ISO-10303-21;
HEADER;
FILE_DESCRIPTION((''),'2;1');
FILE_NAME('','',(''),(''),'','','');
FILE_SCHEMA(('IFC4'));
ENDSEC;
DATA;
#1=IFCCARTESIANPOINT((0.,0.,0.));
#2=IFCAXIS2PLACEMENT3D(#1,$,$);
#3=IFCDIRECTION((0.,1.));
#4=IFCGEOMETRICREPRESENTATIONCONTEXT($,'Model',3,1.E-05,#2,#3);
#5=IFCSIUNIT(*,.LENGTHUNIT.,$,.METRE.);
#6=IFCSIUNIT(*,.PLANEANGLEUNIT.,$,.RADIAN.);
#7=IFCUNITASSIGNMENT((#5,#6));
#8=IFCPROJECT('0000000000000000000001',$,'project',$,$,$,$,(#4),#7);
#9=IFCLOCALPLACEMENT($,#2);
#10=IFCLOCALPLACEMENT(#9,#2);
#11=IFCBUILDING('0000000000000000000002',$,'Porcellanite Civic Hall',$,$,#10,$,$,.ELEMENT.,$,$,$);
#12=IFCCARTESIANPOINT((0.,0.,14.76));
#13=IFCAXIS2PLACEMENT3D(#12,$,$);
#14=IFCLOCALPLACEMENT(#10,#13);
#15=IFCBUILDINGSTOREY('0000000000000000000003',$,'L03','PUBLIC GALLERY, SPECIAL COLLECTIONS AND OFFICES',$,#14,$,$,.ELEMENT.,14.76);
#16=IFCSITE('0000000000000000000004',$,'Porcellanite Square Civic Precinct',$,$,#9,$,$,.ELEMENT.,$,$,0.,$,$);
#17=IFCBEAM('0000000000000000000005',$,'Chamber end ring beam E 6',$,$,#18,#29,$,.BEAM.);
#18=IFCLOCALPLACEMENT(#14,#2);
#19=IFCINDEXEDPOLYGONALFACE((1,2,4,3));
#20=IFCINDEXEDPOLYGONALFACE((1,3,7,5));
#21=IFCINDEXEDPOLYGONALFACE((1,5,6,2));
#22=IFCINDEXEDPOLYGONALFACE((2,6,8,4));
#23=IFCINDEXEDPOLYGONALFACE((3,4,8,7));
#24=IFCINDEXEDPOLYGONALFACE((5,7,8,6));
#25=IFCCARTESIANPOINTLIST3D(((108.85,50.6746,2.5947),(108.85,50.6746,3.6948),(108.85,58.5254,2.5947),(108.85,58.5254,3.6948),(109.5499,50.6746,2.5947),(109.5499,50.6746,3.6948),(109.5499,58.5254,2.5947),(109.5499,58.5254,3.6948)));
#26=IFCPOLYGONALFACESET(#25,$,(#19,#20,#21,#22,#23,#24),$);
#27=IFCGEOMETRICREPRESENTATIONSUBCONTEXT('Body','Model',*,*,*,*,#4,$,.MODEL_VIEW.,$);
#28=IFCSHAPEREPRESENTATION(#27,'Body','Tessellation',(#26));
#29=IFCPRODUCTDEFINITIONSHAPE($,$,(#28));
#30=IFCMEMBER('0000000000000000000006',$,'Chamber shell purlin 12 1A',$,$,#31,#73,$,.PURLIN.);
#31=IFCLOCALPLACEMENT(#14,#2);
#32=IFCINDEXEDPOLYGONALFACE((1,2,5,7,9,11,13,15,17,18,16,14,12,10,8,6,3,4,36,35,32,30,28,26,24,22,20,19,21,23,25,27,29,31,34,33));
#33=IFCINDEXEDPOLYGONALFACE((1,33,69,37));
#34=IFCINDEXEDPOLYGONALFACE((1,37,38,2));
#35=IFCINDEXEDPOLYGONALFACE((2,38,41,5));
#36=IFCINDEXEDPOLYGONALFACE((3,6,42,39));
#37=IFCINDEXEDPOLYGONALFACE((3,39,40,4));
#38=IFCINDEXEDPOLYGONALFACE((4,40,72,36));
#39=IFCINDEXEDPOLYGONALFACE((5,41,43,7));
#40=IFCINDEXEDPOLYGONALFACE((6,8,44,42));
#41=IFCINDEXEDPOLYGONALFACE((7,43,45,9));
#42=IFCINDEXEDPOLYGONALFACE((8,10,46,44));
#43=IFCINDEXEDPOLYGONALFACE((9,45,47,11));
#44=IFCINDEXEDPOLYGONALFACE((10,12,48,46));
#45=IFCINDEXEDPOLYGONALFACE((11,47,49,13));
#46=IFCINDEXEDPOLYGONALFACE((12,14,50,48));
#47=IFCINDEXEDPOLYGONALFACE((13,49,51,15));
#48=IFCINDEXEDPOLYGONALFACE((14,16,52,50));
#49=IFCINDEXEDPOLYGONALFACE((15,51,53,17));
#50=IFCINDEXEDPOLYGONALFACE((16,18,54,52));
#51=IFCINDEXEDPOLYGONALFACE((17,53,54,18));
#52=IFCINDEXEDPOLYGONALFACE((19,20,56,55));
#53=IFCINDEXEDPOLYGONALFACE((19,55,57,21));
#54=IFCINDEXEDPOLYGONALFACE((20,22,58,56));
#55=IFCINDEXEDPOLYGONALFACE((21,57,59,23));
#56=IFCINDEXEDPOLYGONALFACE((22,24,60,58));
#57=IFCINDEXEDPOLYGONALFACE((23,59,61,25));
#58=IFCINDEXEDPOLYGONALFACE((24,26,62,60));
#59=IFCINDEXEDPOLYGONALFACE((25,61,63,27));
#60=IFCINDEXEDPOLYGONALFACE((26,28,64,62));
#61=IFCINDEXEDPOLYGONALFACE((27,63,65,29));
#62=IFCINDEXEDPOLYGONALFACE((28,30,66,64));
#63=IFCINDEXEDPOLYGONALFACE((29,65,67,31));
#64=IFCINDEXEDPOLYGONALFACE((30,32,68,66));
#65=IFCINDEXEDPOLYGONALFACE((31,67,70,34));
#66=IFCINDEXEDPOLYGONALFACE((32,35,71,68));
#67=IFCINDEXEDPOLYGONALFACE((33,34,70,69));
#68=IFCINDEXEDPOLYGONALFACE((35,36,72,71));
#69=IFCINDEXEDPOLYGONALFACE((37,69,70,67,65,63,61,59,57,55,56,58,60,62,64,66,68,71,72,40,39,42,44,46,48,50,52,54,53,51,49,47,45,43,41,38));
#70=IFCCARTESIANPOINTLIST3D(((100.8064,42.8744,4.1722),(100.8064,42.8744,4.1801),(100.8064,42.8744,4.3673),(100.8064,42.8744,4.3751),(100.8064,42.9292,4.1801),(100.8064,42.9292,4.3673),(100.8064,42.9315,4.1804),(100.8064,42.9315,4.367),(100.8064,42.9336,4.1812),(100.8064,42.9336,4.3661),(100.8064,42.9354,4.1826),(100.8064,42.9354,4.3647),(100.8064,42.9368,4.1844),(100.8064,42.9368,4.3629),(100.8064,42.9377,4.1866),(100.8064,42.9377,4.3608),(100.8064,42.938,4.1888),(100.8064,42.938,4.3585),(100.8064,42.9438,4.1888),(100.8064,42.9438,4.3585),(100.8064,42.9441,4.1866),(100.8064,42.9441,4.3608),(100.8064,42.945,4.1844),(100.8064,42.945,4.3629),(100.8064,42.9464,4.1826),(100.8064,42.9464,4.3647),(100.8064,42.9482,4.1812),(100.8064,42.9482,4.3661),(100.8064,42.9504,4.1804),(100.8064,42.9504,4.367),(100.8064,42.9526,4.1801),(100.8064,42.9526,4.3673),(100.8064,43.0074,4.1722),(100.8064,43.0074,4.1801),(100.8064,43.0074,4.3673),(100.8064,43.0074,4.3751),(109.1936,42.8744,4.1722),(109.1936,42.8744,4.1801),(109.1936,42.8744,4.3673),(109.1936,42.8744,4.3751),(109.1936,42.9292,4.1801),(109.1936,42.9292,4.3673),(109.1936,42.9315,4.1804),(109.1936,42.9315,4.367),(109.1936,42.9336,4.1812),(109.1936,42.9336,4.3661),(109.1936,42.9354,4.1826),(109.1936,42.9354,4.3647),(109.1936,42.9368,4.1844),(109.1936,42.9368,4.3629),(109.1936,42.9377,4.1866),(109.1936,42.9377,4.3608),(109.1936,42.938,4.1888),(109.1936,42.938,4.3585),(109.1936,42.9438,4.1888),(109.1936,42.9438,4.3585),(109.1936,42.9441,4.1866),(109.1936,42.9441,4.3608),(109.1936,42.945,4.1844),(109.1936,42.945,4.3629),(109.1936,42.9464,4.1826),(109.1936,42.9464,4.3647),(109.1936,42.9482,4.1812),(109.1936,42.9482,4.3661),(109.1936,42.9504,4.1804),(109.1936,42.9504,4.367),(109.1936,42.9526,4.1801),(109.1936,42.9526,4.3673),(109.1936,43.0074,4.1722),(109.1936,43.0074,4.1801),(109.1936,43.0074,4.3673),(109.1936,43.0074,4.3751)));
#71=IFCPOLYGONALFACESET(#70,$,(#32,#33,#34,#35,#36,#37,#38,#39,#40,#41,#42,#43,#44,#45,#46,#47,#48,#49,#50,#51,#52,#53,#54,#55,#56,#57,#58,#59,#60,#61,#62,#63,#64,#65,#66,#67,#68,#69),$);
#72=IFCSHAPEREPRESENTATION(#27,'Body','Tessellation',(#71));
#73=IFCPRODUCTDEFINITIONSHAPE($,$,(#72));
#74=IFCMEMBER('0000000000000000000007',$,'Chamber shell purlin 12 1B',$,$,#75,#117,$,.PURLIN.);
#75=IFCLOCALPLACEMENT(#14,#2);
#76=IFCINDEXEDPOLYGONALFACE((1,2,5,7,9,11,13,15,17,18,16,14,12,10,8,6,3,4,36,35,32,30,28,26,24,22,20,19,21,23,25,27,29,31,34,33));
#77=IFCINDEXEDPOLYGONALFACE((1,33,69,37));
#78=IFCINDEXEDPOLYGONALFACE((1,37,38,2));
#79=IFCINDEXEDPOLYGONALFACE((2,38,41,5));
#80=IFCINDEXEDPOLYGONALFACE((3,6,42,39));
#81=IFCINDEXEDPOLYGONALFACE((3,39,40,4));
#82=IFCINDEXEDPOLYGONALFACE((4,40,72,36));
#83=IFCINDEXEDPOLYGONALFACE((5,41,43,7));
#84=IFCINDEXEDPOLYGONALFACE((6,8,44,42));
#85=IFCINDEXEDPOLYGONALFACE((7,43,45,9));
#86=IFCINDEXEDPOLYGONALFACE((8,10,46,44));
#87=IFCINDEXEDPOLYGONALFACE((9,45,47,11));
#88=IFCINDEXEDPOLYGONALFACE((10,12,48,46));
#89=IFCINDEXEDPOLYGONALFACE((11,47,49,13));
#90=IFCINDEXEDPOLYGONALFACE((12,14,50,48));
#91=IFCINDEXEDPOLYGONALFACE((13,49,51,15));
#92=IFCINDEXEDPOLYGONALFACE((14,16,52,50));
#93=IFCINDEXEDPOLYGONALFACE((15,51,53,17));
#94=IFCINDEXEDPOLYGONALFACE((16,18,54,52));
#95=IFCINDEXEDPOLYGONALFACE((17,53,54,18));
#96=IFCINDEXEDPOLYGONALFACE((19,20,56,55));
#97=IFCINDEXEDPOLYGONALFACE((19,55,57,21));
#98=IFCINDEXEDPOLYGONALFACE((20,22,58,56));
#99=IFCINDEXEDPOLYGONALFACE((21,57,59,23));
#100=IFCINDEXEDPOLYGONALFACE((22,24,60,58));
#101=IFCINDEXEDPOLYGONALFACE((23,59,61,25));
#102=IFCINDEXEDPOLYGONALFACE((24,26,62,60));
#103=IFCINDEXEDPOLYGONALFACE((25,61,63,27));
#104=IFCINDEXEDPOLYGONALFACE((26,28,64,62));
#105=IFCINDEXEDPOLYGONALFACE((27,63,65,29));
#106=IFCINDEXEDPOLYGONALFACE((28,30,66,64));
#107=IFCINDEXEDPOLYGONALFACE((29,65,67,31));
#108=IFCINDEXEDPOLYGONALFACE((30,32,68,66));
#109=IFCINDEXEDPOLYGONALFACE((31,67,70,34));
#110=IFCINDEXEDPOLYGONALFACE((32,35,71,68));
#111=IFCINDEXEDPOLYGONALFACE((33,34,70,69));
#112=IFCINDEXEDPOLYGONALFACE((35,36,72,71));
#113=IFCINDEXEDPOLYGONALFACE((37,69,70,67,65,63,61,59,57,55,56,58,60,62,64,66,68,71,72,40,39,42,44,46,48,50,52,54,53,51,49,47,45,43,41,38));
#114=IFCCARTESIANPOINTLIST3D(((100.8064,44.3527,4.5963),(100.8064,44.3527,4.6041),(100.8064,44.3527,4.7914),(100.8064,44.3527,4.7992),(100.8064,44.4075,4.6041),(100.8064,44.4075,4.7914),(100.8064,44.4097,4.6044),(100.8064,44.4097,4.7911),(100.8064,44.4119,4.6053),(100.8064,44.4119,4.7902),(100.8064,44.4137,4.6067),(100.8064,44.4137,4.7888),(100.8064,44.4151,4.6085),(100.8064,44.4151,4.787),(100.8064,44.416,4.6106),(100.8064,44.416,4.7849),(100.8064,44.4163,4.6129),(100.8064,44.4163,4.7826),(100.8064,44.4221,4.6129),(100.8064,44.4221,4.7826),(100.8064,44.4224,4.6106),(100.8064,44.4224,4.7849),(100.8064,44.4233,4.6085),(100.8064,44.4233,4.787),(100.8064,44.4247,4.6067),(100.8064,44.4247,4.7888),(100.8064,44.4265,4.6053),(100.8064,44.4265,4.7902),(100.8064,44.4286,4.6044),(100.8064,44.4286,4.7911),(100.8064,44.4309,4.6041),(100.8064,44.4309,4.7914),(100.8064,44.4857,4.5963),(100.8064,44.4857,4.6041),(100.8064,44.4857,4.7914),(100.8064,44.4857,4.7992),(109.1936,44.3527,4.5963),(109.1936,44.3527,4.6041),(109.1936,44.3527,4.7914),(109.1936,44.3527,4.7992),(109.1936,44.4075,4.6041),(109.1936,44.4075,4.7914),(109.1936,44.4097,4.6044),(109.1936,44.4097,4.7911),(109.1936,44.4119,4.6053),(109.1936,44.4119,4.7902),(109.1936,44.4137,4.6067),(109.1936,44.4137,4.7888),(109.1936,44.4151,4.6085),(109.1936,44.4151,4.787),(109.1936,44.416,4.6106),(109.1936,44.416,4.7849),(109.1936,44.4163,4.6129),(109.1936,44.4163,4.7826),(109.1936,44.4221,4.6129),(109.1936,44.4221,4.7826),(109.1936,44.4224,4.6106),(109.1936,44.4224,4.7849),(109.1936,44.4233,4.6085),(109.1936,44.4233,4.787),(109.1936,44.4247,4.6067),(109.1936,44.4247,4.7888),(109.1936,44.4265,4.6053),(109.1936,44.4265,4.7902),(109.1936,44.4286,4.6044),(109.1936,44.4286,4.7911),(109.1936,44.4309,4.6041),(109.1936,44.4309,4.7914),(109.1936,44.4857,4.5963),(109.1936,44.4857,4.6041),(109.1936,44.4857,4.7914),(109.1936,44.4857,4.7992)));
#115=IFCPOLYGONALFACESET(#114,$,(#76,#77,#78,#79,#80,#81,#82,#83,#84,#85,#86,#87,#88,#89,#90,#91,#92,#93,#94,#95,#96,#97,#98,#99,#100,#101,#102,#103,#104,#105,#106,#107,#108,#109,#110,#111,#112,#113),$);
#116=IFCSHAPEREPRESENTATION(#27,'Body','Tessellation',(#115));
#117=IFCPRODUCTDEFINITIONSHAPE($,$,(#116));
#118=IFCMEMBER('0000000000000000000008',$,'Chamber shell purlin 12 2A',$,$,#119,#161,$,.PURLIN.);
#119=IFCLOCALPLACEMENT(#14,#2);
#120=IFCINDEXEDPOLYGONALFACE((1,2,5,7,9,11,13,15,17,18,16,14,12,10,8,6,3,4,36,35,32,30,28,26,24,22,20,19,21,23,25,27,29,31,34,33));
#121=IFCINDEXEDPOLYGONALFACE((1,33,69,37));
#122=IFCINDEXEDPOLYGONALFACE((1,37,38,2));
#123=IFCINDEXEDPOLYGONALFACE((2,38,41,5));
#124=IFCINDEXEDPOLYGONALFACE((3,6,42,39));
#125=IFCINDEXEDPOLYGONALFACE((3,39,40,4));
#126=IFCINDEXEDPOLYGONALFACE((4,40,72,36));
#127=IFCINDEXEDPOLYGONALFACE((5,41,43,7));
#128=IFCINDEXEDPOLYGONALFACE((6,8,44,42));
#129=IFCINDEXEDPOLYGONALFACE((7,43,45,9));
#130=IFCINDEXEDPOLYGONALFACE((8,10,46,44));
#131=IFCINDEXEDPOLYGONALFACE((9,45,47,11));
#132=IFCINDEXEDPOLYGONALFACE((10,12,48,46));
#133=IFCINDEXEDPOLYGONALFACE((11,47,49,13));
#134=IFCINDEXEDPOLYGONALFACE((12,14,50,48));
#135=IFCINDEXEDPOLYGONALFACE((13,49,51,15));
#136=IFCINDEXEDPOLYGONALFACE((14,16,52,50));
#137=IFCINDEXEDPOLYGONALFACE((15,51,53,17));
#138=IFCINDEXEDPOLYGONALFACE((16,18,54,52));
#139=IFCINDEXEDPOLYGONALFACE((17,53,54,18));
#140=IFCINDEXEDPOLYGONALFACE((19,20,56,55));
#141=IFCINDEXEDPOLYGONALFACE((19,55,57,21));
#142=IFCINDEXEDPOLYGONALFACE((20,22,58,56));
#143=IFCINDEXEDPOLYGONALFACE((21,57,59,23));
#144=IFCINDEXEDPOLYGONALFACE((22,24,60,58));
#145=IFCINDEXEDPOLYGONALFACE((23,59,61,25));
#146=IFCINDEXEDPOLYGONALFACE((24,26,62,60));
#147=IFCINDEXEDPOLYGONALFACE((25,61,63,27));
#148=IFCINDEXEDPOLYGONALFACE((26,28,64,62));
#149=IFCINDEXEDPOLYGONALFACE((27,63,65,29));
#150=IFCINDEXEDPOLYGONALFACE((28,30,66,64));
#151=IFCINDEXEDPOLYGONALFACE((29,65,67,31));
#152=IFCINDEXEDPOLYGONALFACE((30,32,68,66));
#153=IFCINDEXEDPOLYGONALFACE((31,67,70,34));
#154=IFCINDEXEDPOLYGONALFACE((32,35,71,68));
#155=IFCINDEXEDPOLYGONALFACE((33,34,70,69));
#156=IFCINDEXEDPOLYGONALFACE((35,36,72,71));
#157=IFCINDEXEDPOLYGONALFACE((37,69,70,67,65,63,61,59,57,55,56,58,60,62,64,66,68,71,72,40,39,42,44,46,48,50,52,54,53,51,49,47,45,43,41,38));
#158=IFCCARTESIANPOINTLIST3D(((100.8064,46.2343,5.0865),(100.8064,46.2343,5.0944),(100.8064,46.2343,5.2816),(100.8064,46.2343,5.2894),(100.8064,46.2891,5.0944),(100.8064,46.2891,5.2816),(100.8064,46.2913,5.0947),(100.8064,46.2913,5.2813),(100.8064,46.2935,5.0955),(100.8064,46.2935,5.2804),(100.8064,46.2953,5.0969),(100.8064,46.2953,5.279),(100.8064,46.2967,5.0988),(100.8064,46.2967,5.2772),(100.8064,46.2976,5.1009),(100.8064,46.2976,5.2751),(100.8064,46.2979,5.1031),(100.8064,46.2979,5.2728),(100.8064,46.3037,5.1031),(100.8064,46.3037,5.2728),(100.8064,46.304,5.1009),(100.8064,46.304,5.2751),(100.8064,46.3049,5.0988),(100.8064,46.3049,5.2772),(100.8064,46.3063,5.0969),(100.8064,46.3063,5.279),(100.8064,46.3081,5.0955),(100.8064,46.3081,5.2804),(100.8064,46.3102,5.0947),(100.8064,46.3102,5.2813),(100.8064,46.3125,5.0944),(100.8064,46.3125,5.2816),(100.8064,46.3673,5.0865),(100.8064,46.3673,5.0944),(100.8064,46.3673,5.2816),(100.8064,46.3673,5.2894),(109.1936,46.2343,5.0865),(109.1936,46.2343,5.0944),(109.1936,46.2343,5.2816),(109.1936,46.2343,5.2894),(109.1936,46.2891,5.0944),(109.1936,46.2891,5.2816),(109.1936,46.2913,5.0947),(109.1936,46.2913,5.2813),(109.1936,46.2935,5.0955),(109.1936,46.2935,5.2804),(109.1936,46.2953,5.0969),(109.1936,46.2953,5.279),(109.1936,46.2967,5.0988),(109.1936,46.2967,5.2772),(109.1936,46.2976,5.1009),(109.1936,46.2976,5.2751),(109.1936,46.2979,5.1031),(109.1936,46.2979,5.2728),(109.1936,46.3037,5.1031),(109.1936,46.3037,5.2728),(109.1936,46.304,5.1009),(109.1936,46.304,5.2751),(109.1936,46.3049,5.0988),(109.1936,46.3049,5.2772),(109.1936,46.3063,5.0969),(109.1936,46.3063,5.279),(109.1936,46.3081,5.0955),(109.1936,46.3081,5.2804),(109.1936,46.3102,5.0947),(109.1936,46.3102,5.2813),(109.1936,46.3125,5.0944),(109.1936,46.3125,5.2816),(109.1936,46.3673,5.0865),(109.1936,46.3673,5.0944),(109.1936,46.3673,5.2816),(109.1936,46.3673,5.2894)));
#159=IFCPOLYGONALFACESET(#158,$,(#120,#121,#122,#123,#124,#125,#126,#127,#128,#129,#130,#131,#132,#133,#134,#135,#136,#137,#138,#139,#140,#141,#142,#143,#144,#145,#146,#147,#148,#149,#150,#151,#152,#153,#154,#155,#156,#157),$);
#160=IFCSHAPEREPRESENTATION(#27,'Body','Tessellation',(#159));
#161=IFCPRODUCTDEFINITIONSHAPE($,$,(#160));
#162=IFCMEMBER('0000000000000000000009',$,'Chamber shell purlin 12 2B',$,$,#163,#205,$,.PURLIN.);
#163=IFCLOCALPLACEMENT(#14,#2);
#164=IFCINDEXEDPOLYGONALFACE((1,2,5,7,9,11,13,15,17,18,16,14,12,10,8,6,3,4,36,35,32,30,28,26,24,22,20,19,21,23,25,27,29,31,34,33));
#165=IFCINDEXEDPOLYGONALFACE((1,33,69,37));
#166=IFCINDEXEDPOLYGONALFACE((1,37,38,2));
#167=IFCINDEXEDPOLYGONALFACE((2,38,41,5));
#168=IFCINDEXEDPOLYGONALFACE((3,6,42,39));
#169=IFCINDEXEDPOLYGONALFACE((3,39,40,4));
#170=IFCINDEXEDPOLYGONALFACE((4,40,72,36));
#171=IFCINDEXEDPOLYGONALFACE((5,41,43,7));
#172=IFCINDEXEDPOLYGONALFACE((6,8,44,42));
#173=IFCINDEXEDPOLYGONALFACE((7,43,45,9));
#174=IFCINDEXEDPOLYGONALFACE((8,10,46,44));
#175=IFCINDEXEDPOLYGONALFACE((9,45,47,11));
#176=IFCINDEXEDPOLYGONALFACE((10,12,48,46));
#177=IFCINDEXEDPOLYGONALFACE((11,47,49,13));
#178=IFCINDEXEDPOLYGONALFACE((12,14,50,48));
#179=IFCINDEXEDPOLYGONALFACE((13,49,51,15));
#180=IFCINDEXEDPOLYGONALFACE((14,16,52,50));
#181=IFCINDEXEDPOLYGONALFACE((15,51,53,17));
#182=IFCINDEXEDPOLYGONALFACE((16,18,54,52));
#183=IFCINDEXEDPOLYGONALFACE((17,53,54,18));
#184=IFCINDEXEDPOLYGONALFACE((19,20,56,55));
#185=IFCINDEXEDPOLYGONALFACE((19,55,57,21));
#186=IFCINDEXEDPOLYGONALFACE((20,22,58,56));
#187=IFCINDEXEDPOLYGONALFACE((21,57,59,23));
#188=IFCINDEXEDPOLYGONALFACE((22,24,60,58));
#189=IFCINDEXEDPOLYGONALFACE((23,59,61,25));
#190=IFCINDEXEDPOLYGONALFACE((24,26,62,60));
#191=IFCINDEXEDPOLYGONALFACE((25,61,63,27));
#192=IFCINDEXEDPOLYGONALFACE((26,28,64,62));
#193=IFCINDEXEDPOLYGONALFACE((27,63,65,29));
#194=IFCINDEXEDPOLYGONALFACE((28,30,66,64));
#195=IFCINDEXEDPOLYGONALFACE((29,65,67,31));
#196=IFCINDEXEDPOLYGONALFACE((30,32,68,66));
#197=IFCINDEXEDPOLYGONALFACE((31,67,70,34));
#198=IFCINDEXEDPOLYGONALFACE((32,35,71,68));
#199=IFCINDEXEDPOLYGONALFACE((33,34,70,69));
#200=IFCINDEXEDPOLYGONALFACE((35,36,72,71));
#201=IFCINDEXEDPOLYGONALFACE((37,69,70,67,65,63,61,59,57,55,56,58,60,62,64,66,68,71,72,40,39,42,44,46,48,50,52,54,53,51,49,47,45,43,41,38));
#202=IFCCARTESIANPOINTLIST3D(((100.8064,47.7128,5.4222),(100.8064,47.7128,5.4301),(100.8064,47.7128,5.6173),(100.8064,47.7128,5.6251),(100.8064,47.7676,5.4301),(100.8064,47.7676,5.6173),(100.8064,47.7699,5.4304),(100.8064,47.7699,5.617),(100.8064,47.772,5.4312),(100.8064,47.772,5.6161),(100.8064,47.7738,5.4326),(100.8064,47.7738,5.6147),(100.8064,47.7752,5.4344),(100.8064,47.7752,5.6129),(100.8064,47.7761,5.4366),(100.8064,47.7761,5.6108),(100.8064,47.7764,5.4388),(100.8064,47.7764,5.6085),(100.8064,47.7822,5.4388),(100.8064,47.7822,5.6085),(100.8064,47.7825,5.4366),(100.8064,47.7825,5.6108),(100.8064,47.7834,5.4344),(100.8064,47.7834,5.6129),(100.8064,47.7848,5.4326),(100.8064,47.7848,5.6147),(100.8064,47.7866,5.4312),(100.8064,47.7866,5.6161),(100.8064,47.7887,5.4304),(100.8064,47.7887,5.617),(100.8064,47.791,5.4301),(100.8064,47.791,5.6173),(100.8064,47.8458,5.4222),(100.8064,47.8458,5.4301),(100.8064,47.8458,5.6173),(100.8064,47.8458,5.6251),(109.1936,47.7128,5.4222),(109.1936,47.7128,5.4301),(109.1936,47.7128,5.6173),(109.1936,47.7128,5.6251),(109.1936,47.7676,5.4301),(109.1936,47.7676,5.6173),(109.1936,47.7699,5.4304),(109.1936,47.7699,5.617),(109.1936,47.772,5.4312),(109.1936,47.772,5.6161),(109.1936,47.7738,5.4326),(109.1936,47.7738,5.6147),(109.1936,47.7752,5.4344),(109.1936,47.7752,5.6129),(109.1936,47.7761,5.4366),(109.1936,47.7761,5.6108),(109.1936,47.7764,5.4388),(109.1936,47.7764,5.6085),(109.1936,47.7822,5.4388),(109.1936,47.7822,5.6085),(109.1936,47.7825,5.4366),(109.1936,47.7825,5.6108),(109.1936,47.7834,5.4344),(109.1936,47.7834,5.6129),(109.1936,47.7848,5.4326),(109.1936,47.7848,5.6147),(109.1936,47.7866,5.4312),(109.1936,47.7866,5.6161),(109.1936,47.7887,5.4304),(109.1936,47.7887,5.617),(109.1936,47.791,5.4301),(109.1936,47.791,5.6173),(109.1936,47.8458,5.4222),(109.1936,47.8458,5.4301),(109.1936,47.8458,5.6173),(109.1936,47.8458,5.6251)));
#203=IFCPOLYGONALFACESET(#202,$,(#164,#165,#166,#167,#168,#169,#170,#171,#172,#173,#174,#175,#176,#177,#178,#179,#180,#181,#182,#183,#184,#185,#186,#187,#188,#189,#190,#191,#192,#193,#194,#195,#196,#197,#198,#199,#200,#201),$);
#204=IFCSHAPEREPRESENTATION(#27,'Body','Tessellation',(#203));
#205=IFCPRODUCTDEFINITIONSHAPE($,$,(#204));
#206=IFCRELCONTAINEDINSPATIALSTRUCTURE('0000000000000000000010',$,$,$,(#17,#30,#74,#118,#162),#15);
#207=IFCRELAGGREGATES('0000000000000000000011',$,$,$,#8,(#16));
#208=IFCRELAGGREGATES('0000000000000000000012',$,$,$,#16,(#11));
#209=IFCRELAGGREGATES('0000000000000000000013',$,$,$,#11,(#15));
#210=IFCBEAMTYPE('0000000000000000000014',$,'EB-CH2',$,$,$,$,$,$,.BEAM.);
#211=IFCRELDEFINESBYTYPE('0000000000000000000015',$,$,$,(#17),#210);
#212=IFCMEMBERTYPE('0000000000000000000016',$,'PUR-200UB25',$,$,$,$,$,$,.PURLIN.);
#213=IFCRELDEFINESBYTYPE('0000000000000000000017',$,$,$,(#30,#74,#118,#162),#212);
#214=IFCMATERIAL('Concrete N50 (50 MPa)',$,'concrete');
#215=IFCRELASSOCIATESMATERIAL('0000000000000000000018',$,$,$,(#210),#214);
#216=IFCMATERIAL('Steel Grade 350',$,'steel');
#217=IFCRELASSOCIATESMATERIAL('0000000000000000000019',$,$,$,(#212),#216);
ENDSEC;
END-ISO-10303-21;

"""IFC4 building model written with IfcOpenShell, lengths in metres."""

from ifc_helpers import new_model, si_unit, direction, frame, origin, origin_2d, place, context, subcontext, project, spatial, rectangle, i_section, extrude, material, material_profile, profile_set, type_object, element, save


model = new_model("IFC4")

# Units and contexts
model_context = context("Model", 3, precision=1e-05, world=origin(), true_north=direction((0.0, 1.0)))
body_context = subcontext(model_context, "Body", "Model", "MODEL_VIEW")
ifc_project = project(units=[si_unit("LENGTHUNIT", "METRE"), si_unit("PLANEANGLEUNIT", "RADIAN")], contexts=[model_context])

# Site, building, storey
site_placement = place(None, origin())
site = spatial("IfcSite", under=ifc_project, at=site_placement, Name="Porcellanite Square Civic Precinct", CompositionType="ELEMENT", RefElevation=0.0)
building_placement = place(site_placement, origin())
building = spatial("IfcBuilding", under=site, at=building_placement, Name="Porcellanite Civic Hall", CompositionType="ELEMENT")
storey_placement = place(building_placement, frame((0.0, 0.0, 14.76)))
storey = spatial("IfcBuildingStorey", under=building, at=storey_placement, Name="L03", Description="PUBLIC GALLERY, SPECIAL COLLECTIONS AND OFFICES", CompositionType="ELEMENT", Elevation=14.76)

# Beam
ifc_material_1 = material(Name="Concrete N50 (50 MPa)", Category="concrete")
ifc_material_profile_1 = material_profile(ifc_material_1, rectangle(XDim=0.7, YDim=1.1001, at=origin_2d()), Name="RC-700x1100")
ifc_profile_set_1 = profile_set([ifc_material_profile_1], Name="Concrete N50 (50 MPa)")
beam_type_1 = type_object("IfcBeamType", Name="EB-CH2", PredefinedType="BEAM", material=ifc_profile_set_1)
beam_1_placement = place(storey_placement, frame((109.2, 50.6746, 3.1448), z_axis=(0.0, 1.0, 0.0), x_axis=(-1.0, 0.0, 0.0)))
element("IfcBeam", 1, at=beam_1_placement, inside=storey, type_object=beam_type_1, Name="Chamber end ring beam E 6", PredefinedType="BEAM", context=body_context, shape_type="SweptSolid", body=[
    extrude(rectangle(XDim=0.7, YDim=1.1001, at=origin_2d()), origin(), (0.0, 0.0, 1.0), 7.8508),
])

# Members
ifc_material_2 = material(Name="Steel Grade 350", Category="steel")
ifc_material_profile_2 = material_profile(ifc_material_2, i_section(OverallWidth=0.1331, OverallDepth=0.2029, WebThickness=0.0059, FlangeThickness=0.0078, FilletRadius=0.0088, at=origin_2d()), Name="200UB25.4")
ifc_profile_set_2 = profile_set([ifc_material_profile_2], Name="Steel Grade 350")
member_type_1 = type_object("IfcMemberType", Name="PUR-200UB25", PredefinedType="PURLIN", material=ifc_profile_set_2)
for number, where, z_axis, x_axis, name in (
    (2, (100.8064, 42.9409, 4.2737), (1.0, 0.0, 0.0), (0.0, 1.0, 0.0), "Chamber shell purlin 12 1A"),
    (3, (100.8064, 44.4192, 4.6978), (1.0, 0.0, 0.0), (0.0, 1.0, 0.0), "Chamber shell purlin 12 1B"),
    (4, (100.8064, 46.3008, 5.188), (1.0, 0.0, 0.0), (0.0, 1.0, 0.0), "Chamber shell purlin 12 2A"),
    (5, (100.8064, 47.7793, 5.5237), (1.0, 0.0, 0.0), (0.0, 1.0, 0.0), "Chamber shell purlin 12 2B"),
):
    element("IfcMember", number, at=place(storey_placement, frame(where, z_axis=z_axis, x_axis=x_axis)), inside=storey, type_object=member_type_1, Name=name, PredefinedType="PURLIN", context=body_context, shape_type="SweptSolid", body=[
        extrude(i_section(OverallWidth=0.1331, OverallDepth=0.2029, WebThickness=0.0059, FlangeThickness=0.0078, FilletRadius=0.0088, at=origin_2d()), origin(), (0.0, 0.0, 1.0), 8.3872),
    ])

save(model, "model.ifc")
